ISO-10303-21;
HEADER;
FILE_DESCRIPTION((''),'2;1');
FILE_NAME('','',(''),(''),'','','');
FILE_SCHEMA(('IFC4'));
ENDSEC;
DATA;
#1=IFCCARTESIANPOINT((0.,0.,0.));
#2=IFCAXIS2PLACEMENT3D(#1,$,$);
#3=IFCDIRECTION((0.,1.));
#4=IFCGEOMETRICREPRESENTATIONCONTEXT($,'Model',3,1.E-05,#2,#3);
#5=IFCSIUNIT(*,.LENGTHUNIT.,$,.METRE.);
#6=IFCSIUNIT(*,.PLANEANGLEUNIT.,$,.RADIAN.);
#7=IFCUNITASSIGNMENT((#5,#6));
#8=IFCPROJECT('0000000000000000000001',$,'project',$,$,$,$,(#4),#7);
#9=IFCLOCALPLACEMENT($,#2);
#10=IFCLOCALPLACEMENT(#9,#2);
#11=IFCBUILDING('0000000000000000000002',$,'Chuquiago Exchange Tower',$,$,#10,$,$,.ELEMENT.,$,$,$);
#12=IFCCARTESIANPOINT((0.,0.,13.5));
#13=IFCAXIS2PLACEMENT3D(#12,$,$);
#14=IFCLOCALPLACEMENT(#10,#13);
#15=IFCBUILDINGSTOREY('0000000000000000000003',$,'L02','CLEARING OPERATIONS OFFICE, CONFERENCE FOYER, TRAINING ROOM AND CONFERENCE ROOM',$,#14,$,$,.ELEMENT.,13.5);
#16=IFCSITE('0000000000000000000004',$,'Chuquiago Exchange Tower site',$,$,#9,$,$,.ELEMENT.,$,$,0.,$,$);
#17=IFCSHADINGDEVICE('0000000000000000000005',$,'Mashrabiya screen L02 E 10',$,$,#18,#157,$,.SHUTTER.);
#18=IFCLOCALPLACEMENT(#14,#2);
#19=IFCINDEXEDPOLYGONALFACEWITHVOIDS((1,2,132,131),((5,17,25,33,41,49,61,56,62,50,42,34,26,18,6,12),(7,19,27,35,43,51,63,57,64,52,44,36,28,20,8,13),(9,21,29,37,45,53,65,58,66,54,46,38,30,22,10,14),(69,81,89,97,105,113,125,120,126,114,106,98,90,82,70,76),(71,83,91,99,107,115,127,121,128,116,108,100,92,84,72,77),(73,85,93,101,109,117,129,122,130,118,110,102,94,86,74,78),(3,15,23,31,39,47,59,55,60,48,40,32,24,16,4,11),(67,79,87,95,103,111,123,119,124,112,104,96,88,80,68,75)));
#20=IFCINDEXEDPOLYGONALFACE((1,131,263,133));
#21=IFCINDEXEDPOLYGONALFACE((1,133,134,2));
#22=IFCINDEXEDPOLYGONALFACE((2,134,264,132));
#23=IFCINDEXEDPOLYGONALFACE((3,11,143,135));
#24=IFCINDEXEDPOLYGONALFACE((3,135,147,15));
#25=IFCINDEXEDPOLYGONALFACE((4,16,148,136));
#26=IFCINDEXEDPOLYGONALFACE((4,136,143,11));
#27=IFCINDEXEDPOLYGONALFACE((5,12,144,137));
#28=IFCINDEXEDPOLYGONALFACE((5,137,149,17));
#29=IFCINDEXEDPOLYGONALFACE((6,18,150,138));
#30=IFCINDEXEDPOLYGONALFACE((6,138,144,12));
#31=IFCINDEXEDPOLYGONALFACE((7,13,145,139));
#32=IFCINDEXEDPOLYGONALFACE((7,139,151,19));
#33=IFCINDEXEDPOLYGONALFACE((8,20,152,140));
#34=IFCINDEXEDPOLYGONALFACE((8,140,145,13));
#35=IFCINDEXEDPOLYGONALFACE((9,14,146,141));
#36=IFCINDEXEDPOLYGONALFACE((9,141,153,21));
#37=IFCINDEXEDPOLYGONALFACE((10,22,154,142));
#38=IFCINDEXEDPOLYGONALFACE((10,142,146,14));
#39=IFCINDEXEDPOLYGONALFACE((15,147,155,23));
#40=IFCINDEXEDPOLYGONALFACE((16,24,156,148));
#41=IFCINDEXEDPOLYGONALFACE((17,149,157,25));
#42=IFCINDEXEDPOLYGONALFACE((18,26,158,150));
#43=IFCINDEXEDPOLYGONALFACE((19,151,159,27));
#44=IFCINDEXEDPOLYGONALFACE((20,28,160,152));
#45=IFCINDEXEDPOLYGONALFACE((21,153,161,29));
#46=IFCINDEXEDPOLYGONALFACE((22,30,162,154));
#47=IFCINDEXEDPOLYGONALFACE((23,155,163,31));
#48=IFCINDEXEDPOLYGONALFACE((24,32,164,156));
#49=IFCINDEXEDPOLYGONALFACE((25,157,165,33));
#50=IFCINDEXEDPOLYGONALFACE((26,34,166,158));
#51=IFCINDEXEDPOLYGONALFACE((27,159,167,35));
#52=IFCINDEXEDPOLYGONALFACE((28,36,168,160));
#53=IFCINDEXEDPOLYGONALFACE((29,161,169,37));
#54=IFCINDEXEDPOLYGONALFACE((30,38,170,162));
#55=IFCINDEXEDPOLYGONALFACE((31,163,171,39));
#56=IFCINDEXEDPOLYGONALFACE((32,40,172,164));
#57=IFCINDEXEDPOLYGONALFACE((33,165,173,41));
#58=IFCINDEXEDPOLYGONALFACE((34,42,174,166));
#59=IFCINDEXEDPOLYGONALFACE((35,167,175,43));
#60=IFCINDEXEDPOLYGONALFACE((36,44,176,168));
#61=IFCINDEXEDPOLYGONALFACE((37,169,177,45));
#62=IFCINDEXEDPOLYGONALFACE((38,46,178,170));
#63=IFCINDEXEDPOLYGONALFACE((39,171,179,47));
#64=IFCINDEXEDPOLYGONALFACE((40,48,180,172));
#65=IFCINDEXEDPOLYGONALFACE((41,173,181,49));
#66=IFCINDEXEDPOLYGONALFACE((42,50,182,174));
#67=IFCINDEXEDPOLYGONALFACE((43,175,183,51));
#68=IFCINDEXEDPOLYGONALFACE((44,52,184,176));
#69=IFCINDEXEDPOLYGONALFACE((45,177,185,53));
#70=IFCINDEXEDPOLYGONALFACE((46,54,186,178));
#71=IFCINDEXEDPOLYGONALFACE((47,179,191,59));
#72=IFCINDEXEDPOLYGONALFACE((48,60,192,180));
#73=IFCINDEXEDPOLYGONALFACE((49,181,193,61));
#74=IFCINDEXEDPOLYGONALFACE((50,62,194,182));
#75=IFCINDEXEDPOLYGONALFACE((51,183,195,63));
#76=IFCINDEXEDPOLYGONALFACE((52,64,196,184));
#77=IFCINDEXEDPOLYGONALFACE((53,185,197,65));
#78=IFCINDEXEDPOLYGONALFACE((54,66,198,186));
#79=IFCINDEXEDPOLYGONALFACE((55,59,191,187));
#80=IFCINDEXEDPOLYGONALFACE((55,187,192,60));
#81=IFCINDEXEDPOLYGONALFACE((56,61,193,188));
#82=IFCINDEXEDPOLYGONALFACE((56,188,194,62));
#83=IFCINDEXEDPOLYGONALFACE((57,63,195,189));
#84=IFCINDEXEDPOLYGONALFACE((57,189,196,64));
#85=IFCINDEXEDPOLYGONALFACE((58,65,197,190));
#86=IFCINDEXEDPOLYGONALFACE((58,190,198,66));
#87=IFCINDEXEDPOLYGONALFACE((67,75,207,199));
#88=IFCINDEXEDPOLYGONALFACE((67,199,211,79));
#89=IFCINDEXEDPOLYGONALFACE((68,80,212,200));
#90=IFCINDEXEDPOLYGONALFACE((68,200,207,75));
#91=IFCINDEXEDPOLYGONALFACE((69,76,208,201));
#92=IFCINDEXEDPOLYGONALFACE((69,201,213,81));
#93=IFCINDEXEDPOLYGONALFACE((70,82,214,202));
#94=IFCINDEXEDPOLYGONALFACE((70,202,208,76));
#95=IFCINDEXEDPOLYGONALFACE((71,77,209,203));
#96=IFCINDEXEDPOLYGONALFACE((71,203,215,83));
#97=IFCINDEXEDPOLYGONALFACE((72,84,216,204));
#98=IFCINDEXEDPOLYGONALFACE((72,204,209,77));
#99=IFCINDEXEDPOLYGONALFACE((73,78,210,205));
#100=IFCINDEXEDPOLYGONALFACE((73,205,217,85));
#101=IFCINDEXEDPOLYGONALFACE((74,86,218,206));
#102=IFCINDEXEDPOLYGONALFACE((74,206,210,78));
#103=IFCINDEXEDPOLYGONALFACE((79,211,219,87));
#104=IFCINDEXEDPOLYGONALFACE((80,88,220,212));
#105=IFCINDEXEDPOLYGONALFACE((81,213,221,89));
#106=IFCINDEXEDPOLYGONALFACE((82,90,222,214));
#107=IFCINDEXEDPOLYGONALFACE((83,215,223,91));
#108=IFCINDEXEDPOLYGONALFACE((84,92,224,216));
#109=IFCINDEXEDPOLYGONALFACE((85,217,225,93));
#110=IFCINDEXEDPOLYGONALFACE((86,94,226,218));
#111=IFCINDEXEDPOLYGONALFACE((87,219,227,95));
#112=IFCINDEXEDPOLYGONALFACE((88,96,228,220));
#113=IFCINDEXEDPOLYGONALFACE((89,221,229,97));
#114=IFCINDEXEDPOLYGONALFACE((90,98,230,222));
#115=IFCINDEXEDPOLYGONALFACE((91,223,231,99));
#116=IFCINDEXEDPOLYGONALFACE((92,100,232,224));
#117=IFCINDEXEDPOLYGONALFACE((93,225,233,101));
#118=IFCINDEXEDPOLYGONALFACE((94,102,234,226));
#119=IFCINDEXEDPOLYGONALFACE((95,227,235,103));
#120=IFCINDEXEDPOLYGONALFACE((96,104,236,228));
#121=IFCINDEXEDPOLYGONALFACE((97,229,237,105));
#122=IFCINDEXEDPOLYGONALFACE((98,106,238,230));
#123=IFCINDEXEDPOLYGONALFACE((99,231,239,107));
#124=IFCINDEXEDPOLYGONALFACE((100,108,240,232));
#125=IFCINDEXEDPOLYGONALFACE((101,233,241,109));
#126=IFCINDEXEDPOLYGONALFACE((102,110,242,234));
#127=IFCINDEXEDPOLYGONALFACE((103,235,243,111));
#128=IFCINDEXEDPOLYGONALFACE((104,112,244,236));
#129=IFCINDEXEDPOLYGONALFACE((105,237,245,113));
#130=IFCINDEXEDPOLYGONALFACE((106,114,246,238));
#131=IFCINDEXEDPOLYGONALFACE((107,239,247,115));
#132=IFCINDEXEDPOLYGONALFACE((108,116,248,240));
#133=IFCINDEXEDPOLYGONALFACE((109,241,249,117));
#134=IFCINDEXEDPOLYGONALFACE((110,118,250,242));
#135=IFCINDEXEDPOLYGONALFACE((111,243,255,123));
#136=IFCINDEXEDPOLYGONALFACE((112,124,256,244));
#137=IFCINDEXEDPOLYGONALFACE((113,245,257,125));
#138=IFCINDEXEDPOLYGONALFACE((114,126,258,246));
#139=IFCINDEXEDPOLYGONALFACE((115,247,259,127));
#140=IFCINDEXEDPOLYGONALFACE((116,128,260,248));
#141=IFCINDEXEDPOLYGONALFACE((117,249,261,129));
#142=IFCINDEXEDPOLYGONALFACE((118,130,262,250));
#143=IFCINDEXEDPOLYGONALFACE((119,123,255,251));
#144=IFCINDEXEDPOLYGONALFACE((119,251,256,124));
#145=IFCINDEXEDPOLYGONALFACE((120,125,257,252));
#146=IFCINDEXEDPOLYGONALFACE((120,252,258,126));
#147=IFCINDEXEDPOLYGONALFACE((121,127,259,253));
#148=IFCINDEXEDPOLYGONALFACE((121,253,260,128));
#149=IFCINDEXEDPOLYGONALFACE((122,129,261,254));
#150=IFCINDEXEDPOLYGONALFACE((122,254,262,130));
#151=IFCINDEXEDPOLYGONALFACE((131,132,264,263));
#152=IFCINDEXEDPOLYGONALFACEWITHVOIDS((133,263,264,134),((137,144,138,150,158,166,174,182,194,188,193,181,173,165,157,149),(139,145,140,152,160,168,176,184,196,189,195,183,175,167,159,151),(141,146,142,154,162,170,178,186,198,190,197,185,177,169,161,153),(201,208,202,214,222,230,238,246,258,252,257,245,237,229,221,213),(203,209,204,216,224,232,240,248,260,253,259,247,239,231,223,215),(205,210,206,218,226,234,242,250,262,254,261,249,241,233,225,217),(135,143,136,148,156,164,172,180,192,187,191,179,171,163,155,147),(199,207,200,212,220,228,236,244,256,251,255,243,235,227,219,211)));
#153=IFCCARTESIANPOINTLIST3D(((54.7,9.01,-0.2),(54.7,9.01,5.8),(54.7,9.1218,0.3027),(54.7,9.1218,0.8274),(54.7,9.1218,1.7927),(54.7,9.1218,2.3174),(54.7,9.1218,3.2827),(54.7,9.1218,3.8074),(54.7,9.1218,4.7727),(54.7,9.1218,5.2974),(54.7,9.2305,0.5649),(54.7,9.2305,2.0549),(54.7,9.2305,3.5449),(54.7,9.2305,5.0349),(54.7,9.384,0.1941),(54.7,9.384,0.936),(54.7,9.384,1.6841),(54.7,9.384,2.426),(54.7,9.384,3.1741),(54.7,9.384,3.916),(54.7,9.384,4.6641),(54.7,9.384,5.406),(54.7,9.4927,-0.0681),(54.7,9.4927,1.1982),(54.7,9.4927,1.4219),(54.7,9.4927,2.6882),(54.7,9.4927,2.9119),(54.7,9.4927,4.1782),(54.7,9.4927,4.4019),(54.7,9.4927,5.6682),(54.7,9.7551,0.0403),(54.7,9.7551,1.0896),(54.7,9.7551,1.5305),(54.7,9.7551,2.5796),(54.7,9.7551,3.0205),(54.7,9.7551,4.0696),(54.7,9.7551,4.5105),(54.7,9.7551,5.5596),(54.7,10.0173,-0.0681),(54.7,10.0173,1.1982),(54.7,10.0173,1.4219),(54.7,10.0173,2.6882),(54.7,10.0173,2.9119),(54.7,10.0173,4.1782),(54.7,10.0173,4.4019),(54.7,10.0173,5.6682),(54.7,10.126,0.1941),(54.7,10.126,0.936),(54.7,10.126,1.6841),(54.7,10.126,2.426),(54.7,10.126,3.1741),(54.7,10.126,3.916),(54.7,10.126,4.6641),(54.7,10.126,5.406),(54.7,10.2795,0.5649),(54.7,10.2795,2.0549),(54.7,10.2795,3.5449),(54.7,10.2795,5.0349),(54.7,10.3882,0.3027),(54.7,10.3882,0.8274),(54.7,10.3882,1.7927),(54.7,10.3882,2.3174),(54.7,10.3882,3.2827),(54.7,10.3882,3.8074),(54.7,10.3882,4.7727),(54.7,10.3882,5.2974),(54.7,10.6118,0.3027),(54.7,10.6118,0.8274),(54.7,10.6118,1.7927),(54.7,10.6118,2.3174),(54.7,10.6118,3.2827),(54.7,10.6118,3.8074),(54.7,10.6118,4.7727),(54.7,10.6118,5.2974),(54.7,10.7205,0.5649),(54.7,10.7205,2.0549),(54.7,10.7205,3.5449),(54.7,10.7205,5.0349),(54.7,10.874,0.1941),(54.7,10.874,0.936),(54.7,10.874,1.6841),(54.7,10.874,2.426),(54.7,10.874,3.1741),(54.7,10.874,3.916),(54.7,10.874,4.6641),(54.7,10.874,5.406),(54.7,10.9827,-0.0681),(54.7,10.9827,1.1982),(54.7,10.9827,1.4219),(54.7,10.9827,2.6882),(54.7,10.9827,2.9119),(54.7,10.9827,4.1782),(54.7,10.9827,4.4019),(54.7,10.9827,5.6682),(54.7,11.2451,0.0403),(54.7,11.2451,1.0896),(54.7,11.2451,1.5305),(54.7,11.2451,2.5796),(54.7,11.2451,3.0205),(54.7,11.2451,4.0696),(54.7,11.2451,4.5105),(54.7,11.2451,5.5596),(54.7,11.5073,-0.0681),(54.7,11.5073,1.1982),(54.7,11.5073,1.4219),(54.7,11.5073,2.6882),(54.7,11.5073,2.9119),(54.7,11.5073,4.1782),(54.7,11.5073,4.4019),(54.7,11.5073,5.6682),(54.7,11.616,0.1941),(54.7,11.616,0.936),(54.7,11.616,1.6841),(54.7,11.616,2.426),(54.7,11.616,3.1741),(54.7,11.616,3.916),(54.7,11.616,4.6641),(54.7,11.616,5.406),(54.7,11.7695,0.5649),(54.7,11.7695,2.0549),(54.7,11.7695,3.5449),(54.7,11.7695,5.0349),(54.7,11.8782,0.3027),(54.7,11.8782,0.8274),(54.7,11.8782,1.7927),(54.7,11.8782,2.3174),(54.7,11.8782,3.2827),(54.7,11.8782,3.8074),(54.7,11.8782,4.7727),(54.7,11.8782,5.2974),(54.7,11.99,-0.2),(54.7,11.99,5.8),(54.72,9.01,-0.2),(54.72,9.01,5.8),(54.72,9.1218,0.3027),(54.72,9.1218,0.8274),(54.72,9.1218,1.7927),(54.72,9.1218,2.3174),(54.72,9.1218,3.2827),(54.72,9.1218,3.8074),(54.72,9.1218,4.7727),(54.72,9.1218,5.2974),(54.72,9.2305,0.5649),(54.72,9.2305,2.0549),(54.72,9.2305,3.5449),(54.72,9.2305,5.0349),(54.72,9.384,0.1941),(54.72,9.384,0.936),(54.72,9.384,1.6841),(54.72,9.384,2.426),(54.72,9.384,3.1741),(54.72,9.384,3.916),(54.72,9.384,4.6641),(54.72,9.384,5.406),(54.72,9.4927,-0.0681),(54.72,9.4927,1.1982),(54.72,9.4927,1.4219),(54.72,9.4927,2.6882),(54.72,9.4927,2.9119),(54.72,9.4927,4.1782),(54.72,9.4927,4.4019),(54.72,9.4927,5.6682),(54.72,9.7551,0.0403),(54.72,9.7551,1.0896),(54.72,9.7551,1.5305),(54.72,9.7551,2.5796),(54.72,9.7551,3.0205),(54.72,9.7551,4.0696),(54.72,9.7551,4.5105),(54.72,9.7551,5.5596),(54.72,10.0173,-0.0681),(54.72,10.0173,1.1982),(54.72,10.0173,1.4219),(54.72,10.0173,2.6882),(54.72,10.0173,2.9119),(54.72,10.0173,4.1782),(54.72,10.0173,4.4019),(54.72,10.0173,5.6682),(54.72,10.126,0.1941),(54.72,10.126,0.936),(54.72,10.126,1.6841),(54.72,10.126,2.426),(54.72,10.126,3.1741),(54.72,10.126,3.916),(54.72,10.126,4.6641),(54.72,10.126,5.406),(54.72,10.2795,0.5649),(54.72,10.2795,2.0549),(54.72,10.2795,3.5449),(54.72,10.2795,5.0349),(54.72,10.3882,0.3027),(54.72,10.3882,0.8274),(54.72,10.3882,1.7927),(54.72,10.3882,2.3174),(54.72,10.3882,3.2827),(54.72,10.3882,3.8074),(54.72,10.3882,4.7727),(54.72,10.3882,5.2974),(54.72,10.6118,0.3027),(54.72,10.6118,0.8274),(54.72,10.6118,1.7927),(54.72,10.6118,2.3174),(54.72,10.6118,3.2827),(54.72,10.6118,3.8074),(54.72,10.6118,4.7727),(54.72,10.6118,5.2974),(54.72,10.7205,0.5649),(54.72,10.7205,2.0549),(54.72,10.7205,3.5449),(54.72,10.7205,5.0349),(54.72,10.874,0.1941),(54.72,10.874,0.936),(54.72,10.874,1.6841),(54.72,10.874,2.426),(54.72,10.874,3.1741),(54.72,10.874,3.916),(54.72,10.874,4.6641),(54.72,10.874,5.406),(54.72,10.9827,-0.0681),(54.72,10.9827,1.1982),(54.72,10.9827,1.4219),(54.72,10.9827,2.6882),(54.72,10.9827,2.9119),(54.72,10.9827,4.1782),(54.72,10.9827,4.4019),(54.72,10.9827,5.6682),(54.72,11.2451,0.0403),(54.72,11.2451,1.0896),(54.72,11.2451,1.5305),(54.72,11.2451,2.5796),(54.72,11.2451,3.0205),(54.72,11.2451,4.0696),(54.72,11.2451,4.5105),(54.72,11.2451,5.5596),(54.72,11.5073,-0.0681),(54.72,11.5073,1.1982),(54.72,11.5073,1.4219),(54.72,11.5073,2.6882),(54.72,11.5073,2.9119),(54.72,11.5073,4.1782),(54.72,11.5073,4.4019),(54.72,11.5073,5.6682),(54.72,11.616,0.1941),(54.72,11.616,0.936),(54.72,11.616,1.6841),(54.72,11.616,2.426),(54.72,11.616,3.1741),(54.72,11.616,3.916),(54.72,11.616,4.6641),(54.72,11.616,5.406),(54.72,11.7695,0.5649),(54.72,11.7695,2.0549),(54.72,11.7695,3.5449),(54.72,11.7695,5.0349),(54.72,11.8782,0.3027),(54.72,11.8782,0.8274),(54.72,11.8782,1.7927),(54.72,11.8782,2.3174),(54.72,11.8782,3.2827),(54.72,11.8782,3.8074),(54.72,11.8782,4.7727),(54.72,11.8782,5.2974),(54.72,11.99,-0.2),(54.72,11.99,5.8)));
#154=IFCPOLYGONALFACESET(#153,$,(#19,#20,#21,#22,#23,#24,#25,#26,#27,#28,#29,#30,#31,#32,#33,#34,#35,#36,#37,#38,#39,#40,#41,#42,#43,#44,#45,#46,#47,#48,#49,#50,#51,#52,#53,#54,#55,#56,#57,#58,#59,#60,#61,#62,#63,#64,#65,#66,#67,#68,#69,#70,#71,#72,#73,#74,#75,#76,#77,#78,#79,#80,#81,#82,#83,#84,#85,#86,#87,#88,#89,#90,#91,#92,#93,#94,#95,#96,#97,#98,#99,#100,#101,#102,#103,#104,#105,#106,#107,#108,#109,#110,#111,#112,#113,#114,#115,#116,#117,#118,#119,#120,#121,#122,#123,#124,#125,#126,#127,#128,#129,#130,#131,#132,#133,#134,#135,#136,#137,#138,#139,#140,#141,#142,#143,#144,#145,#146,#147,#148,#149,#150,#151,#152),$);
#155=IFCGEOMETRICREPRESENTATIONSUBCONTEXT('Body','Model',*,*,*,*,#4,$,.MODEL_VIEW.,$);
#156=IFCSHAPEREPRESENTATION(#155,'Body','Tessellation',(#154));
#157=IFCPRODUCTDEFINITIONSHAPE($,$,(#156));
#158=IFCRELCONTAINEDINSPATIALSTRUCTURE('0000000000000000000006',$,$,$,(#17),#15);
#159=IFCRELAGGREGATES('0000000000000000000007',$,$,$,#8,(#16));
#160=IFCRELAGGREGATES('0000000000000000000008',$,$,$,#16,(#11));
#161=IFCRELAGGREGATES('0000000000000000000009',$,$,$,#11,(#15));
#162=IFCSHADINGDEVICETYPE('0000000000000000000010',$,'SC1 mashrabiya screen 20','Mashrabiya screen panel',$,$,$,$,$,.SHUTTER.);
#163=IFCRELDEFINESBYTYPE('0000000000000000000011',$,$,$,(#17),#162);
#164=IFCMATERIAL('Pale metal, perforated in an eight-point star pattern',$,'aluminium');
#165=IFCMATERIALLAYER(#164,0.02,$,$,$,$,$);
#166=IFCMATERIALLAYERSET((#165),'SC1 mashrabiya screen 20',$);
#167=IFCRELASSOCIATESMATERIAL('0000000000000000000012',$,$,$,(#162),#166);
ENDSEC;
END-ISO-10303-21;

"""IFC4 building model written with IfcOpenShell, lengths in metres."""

from ifc_helpers import new_model, si_unit, direction, frame, origin, place, context, subcontext, project, spatial, polyline, outline, extrude, material, layer, layer_set, type_object, element, save


model = new_model("IFC4")

# Units and contexts
model_context = context("Model", 3, precision=1e-05, world=origin(), true_north=direction((0.0, 1.0)))
body_context = subcontext(model_context, "Body", "Model", "MODEL_VIEW")
ifc_project = project(units=[si_unit("LENGTHUNIT", "METRE"), si_unit("PLANEANGLEUNIT", "RADIAN")], contexts=[model_context])

# Site, building, storey
site_placement = place(None, origin())
site = spatial("IfcSite", under=ifc_project, at=site_placement, Name="Chuquiago Exchange Tower site", CompositionType="ELEMENT", RefElevation=0.0)
building_placement = place(site_placement, origin())
building = spatial("IfcBuilding", under=site, at=building_placement, Name="Chuquiago Exchange Tower", CompositionType="ELEMENT")
storey_placement = place(building_placement, frame((0.0, 0.0, 13.5)))
storey = spatial("IfcBuildingStorey", under=building, at=storey_placement, Name="L02", Description="CLEARING OPERATIONS OFFICE, CONFERENCE FOYER, TRAINING ROOM AND CONFERENCE ROOM", CompositionType="ELEMENT", Elevation=13.5)

# Shading device
ifc_material_1 = material(Name="Pale metal, perforated in an eight-point star pattern", Category="aluminium")
ifc_layer_1 = layer(ifc_material_1, 0.02)
ifc_layer_set_1 = layer_set([ifc_layer_1], Name="SC1 mashrabiya screen 20")
shading_device_type = type_object("IfcShadingDeviceType", Name="SC1 mashrabiya screen 20", Description="Mashrabiya screen panel", PredefinedType="SHUTTER", material=ifc_layer_set_1)
shading_device_1_placement = place(storey_placement, frame((54.7, 9.01, -0.2), z_axis=(0.0, 0.0, 1.0), x_axis=(0.0, 1.0, 0.0)))
element("IfcShadingDevice", 1, at=shading_device_1_placement, inside=storey, type_object=shading_device_type, Name="Mashrabiya screen L02 E 10", PredefinedType="SHUTTER", context=body_context, shape_type="SweptSolid", body=[
    extrude(outline(polyline([(0.0, 0.0), (2.98, 0.0), (2.98, 6.0), (0.0, 6.0), (0.0, 0.0)]), holes=[polyline([(1.2695, 0.7649), (1.3782, 1.0273), (1.116, 1.136), (1.0073, 1.3982), (0.7451, 1.2896), (0.4827, 1.3982), (0.374, 1.136), (0.1118, 1.0273), (0.2205, 0.7649), (0.1118, 0.5027), (0.374, 0.394), (0.4827, 0.1318), (0.7451, 0.2402), (1.0073, 0.1318), (1.116, 0.394), (1.3782, 0.5027), (1.2695, 0.7649)]), polyline([(2.7595, 0.7649), (2.8682, 1.0273), (2.606, 1.136), (2.4973, 1.3982), (2.2351, 1.2896), (1.9727, 1.3982), (1.864, 1.136), (1.6018, 1.0273), (1.7104, 0.7649), (1.6018, 0.5027), (1.864, 0.394), (1.9727, 0.1318), (2.2351, 0.2402), (2.4973, 0.1318), (2.606, 0.394), (2.8682, 0.5027), (2.7595, 0.7649)]), polyline([(1.2695, 2.2549), (1.3782, 2.5173), (1.116, 2.626), (1.0073, 2.8882), (0.7451, 2.7795), (0.4827, 2.8882), (0.374, 2.626), (0.1118, 2.5173), (0.2205, 2.2549), (0.1118, 1.9927), (0.374, 1.884), (0.4827, 1.6218), (0.7451, 1.7305), (1.0073, 1.6218), (1.116, 1.884), (1.3782, 1.9927), (1.2695, 2.2549)]), polyline([(2.7595, 2.2549), (2.8682, 2.5173), (2.606, 2.626), (2.4973, 2.8882), (2.2351, 2.7795), (1.9727, 2.8882), (1.864, 2.626), (1.6018, 2.5173), (1.7104, 2.2549), (1.6018, 1.9927), (1.864, 1.884), (1.9727, 1.6218), (2.2351, 1.7305), (2.4973, 1.6218), (2.606, 1.884), (2.8682, 1.9927), (2.7595, 2.2549)]), polyline([(1.2695, 3.7449), (1.3782, 4.0073), (1.116, 4.116), (1.0073, 4.3782), (0.7451, 4.2695), (0.4827, 4.3782), (0.374, 4.116), (0.1118, 4.0073), (0.2205, 3.7449), (0.1118, 3.4827), (0.374, 3.374), (0.4827, 3.1118), (0.7451, 3.2205), (1.0073, 3.1118), (1.116, 3.374), (1.3782, 3.4827), (1.2695, 3.7449)]), polyline([(2.7595, 3.7449), (2.8682, 4.0073), (2.606, 4.116), (2.4973, 4.3782), (2.2351, 4.2695), (1.9727, 4.3782), (1.864, 4.116), (1.6018, 4.0073), (1.7104, 3.7449), (1.6018, 3.4827), (1.864, 3.374), (1.9727, 3.1118), (2.2351, 3.2205), (2.4973, 3.1118), (2.606, 3.374), (2.8682, 3.4827), (2.7595, 3.7449)]), polyline([(1.2695, 5.2349), (1.3782, 5.4973), (1.116, 5.606), (1.0073, 5.8682), (0.7451, 5.7595), (0.4827, 5.8682), (0.374, 5.606), (0.1118, 5.4973), (0.2205, 5.2349), (0.1118, 4.9727), (0.374, 4.864), (0.4827, 4.6018), (0.7451, 4.7104), (1.0073, 4.6018), (1.116, 4.864), (1.3782, 4.9727), (1.2695, 5.2349)]), polyline([(2.7595, 5.2349), (2.8682, 5.4973), (2.606, 5.606), (2.4973, 5.8682), (2.2351, 5.7595), (1.9727, 5.8682), (1.864, 5.606), (1.6018, 5.4973), (1.7104, 5.2349), (1.6018, 4.9727), (1.864, 4.864), (1.9727, 4.6018), (2.2351, 4.7104), (2.4973, 4.6018), (2.606, 4.864), (2.8682, 4.9727), (2.7595, 5.2349)])]), frame((0.0, 0.0, 0.0), z_axis=(0.0, -1.0, 0.0), x_axis=(1.0, 0.0, 0.0)), (0.0, 0.0, 1.0), 0.02),
])

save(model, "model.ifc")
